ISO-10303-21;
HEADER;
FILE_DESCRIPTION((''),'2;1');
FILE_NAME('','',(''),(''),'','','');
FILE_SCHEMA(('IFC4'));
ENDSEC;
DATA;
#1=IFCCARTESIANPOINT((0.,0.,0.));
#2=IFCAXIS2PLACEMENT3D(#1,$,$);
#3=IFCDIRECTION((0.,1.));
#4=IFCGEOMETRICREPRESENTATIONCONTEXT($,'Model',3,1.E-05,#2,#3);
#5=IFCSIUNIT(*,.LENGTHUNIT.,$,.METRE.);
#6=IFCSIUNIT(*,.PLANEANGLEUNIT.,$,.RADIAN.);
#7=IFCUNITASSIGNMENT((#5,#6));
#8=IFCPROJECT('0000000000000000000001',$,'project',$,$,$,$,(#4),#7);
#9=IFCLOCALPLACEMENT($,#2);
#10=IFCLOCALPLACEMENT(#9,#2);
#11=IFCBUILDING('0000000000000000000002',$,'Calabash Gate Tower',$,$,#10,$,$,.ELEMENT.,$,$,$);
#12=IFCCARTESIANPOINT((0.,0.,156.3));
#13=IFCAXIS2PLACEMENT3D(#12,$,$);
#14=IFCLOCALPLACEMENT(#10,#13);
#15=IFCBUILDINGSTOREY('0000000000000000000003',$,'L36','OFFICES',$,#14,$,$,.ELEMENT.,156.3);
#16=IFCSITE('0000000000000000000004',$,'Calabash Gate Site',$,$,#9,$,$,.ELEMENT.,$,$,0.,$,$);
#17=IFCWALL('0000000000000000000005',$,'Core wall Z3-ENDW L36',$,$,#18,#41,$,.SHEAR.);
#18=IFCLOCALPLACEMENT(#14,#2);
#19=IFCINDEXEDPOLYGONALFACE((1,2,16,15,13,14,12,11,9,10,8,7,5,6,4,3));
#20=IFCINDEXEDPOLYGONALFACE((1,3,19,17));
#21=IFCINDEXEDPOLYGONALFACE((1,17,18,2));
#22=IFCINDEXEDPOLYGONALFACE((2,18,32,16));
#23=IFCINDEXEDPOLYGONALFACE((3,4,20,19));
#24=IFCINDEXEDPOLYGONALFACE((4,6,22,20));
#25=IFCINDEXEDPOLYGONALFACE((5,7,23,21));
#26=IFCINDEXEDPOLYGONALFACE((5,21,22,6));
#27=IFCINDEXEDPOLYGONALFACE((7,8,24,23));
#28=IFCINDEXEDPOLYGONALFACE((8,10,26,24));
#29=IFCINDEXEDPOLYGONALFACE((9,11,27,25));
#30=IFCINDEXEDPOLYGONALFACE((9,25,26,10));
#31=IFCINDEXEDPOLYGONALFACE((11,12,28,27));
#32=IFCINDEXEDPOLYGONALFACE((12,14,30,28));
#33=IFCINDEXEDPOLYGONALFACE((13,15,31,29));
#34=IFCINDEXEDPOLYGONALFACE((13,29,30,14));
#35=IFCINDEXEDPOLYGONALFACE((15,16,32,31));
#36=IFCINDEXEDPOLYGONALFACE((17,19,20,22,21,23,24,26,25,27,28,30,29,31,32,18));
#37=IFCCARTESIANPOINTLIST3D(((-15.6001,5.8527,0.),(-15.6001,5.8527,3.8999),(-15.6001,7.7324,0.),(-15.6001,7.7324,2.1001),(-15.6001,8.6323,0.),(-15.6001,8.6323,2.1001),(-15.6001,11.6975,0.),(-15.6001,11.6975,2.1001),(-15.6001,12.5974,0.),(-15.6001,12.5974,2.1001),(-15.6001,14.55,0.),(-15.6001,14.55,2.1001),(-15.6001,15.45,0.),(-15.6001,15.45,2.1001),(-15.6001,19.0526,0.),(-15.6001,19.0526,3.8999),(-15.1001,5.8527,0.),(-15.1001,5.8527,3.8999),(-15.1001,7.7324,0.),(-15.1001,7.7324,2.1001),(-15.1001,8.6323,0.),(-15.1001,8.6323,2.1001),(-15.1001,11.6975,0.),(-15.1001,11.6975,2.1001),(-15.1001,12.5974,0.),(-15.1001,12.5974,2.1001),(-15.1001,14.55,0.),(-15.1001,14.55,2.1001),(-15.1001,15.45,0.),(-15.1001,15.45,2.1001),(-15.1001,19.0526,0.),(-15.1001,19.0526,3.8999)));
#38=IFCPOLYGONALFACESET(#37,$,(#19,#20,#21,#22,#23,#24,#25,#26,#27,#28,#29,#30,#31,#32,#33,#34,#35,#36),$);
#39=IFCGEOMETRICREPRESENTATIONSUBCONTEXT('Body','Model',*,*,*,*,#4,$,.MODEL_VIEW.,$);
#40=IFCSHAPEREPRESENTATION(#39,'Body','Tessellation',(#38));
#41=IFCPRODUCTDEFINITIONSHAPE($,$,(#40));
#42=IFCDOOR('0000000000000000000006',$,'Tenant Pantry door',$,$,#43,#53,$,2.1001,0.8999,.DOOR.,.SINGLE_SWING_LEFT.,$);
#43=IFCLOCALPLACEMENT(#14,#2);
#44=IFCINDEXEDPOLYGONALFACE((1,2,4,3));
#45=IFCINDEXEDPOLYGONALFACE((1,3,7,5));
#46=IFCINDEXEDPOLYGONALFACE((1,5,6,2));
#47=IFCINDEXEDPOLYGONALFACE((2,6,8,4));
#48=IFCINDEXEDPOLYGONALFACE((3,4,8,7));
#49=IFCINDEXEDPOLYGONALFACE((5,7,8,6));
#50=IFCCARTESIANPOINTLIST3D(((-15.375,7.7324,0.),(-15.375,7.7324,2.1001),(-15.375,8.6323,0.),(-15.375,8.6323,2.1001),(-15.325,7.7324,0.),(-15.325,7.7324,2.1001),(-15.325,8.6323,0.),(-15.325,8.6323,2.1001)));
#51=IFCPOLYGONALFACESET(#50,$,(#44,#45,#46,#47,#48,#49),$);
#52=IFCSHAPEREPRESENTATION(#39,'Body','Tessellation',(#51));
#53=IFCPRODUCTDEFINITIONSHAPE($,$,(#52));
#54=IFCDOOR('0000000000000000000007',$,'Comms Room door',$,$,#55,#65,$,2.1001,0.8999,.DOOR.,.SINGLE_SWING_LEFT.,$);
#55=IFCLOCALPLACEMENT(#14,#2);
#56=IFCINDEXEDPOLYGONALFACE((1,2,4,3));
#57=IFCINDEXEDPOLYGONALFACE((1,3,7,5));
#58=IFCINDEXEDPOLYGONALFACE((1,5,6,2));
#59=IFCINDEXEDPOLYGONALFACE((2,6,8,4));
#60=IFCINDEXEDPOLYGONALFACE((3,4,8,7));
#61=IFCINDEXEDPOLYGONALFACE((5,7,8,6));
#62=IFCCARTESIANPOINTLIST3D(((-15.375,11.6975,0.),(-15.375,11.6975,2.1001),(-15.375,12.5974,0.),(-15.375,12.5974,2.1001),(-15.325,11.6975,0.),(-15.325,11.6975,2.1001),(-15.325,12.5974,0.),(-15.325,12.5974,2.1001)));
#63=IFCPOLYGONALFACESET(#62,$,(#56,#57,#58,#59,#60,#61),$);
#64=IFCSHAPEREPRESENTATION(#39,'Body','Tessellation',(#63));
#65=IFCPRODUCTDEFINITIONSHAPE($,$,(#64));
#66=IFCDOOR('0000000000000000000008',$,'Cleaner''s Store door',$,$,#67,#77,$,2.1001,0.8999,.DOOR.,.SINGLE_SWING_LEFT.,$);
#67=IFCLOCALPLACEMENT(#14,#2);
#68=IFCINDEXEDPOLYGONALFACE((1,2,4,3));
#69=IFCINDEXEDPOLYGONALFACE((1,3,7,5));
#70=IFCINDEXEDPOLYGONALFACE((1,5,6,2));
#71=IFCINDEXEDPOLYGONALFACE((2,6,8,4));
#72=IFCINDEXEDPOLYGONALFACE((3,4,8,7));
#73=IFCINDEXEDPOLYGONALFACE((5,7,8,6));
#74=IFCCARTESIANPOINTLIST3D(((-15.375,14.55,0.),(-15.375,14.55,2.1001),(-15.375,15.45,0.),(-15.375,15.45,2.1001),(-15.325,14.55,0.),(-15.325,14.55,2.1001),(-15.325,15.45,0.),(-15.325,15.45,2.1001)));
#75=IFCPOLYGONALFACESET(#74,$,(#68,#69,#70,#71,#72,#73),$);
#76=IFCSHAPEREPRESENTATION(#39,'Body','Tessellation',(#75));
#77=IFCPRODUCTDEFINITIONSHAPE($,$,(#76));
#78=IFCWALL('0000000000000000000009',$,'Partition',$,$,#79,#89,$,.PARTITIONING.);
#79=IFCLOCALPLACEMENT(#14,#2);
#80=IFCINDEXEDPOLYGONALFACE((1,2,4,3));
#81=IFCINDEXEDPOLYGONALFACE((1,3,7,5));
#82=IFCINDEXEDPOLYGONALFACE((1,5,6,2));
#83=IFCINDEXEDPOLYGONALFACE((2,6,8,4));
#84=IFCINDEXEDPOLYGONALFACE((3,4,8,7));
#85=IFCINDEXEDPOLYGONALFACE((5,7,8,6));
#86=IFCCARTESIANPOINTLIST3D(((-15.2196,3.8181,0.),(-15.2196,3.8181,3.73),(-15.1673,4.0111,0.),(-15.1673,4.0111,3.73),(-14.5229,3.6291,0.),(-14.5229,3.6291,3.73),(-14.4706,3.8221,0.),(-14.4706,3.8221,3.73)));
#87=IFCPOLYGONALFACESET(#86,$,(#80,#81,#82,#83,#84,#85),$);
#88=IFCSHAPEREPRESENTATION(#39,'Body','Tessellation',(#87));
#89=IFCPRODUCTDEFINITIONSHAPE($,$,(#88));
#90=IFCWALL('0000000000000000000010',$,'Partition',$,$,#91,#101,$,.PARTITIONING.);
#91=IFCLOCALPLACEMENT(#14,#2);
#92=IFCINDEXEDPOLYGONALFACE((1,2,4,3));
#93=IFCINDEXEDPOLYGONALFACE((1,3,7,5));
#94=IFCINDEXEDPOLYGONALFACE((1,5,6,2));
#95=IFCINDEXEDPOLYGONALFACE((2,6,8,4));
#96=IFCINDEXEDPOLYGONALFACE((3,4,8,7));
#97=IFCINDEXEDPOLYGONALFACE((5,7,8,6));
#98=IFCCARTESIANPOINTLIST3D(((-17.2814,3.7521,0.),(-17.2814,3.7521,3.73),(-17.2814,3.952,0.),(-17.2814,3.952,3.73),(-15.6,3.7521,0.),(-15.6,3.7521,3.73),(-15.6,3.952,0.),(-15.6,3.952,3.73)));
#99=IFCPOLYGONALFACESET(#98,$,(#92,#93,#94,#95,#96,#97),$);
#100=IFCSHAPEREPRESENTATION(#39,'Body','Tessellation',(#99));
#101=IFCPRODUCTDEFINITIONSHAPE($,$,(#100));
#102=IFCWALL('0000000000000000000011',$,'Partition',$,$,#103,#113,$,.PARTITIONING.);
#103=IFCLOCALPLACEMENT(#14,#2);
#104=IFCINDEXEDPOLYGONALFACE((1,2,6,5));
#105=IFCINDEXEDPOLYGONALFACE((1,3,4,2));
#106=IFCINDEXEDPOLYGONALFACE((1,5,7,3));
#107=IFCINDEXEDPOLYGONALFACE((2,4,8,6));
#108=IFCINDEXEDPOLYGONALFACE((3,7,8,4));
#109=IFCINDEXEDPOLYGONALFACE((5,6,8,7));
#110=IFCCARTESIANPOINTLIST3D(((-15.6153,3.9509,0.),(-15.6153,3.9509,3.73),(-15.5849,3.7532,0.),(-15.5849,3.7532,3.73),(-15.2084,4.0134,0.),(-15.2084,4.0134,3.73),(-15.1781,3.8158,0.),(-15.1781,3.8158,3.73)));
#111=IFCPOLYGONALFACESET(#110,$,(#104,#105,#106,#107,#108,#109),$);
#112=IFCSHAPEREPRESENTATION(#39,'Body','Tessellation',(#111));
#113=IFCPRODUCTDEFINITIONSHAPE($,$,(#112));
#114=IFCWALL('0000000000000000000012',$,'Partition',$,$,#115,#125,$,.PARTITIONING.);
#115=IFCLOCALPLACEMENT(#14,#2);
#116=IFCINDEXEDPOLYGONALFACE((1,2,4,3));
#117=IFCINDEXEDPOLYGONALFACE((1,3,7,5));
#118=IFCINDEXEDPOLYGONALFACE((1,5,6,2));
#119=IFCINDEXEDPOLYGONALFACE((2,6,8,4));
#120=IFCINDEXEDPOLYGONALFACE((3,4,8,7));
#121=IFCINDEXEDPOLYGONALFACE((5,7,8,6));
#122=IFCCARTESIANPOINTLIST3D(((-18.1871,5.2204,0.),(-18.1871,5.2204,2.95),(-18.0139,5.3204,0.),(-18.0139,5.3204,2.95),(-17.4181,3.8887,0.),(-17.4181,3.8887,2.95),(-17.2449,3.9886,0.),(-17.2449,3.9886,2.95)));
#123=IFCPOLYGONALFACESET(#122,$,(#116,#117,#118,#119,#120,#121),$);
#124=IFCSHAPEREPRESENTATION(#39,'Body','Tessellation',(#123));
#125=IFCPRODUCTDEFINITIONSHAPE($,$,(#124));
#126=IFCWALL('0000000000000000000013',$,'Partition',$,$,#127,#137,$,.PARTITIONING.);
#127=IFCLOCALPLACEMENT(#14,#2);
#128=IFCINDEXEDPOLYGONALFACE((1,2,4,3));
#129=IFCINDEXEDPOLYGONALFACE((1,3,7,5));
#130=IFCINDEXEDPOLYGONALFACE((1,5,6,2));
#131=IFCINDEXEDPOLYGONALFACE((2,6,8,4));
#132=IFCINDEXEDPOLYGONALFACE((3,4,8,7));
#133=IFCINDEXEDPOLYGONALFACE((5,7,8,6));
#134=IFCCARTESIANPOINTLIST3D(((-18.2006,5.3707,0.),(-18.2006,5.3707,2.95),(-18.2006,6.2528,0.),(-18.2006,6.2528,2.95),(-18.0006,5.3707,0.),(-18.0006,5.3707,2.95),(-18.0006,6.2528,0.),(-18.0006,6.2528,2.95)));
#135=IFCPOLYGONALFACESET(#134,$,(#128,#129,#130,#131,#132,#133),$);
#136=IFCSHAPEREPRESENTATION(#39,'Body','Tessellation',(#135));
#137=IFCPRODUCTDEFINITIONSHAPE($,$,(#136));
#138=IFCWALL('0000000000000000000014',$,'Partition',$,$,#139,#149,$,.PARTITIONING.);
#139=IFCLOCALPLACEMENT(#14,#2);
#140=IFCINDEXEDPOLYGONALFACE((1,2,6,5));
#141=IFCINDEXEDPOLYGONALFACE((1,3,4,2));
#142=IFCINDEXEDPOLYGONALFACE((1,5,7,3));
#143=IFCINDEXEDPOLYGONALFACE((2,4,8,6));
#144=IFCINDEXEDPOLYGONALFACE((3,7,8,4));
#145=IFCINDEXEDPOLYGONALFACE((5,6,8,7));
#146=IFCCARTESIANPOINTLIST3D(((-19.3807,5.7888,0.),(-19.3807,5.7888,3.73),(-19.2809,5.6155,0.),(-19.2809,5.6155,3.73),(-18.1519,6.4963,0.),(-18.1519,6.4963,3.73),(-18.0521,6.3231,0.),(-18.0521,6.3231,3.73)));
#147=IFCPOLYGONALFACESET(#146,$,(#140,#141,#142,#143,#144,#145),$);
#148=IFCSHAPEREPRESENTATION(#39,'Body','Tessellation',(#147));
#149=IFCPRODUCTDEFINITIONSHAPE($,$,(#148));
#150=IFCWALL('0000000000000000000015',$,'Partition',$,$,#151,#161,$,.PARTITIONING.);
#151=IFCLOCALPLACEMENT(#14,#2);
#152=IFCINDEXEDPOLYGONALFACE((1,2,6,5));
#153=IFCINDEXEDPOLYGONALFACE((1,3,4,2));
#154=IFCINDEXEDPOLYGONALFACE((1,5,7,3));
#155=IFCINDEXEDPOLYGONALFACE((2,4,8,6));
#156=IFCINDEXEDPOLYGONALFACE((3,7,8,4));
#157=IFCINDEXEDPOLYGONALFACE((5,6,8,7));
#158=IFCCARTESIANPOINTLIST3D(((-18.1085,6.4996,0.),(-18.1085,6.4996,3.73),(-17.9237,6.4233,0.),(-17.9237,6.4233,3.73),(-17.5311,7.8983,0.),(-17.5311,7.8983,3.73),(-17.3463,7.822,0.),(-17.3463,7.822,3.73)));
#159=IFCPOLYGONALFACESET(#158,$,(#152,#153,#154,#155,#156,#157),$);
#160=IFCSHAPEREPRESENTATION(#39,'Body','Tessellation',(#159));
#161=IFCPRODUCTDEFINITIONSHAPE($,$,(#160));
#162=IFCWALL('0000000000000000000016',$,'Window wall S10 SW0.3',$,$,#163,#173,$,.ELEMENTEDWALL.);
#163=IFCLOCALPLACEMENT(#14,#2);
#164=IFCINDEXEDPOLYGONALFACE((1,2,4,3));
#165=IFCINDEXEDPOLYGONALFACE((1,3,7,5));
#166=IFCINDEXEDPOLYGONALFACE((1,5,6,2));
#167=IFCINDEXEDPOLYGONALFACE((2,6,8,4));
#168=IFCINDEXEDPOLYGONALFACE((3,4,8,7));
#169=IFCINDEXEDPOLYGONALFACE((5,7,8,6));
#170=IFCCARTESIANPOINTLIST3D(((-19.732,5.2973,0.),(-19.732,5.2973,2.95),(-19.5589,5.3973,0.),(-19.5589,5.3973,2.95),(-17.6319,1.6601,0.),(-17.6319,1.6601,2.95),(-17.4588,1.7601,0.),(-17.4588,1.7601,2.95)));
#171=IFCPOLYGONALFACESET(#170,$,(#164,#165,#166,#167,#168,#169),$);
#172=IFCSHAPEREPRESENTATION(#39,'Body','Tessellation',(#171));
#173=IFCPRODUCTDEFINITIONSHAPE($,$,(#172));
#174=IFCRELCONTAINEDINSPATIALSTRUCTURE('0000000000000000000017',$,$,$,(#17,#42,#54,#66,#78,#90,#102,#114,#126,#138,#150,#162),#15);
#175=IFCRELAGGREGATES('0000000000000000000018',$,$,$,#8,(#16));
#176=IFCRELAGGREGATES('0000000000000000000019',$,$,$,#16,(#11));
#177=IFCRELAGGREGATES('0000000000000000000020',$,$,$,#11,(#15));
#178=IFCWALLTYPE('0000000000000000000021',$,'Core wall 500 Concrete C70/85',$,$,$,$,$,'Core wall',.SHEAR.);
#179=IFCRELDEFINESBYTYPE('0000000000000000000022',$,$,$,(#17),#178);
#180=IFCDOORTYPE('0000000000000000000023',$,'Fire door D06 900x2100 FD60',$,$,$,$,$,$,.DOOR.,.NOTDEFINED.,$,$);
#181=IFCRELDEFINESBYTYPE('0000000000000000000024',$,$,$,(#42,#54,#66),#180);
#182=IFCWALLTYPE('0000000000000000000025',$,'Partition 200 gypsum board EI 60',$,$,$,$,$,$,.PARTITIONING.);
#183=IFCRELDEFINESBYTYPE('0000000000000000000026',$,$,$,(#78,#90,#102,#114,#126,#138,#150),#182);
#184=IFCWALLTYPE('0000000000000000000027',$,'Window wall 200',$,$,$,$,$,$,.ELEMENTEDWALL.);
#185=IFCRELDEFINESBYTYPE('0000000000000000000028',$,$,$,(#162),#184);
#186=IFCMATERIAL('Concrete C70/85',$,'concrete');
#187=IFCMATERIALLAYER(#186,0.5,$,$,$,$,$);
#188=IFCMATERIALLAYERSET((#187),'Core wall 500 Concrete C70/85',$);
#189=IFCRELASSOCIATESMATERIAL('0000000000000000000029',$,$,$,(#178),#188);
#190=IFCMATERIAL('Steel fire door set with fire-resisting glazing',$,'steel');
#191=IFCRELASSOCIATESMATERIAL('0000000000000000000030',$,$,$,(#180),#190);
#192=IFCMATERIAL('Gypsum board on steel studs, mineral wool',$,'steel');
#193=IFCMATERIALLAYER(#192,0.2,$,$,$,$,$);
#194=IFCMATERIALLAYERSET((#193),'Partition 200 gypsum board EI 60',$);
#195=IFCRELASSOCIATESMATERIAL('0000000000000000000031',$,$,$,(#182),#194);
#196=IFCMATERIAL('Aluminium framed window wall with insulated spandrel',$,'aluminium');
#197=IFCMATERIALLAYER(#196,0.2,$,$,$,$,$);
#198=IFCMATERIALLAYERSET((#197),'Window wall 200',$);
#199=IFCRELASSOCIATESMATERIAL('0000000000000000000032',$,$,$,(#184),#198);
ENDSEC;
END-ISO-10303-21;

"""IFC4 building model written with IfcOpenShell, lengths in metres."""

from ifc_helpers import new_model, si_unit, direction, frame, frame_2d, origin, place, context, subcontext, project, spatial, rectangle, extrude, material, layer, layer_set, type_object, element, fill, save


model = new_model("IFC4")

# Units and contexts
model_context = context("Model", 3, precision=1e-05, world=origin(), true_north=direction((0.0, 1.0)))
body_context = subcontext(model_context, "Body", "Model", "MODEL_VIEW")
ifc_project = project(units=[si_unit("LENGTHUNIT", "METRE"), si_unit("PLANEANGLEUNIT", "RADIAN")], contexts=[model_context])

# Site, building, storey
site_placement = place(None, origin())
site = spatial("IfcSite", under=ifc_project, at=site_placement, Name="Calabash Gate Site", CompositionType="ELEMENT", RefElevation=0.0)
building_placement = place(site_placement, origin())
building = spatial("IfcBuilding", under=site, at=building_placement, Name="Calabash Gate Tower", CompositionType="ELEMENT")
storey_placement = place(building_placement, frame((0.0, 0.0, 156.3)))
storey = spatial("IfcBuildingStorey", under=building, at=storey_placement, Name="L36", Description="OFFICES", CompositionType="ELEMENT", Elevation=156.3)

# Wall, openings, doors
ifc_material_1 = material(Name="Concrete C70/85", Category="concrete")
ifc_layer_1 = layer(ifc_material_1, 0.5)
ifc_layer_set_1 = layer_set([ifc_layer_1], Name="Core wall 500 Concrete C70/85")
wall_type_1 = type_object("IfcWallType", Name="Core wall 500 Concrete C70/85", ElementType="Core wall", PredefinedType="SHEAR", material=ifc_layer_set_1)
wall_1_placement = place(storey_placement, frame((-15.3501, 5.8525, 0.0), z_axis=(0.0, 0.0, 1.0), x_axis=(0.0, 1.0, 0.0)))
wall_1 = element("IfcWall", 1, at=wall_1_placement, inside=storey, type_object=wall_type_1, Name="Core wall Z3-ENDW L36", PredefinedType="SHEAR", context=body_context, shape_type="SweptSolid", body=[
    extrude(rectangle(XDim=13.2, YDim=0.5, at=frame_2d((6.6001, 0.0))), origin(), (0.0, 0.0, 1.0), 3.8999),
])
opening_1_placement = place(wall_1_placement, frame((1.8799, 0.0, 0.0)))
opening_1 = element("IfcOpeningElement", 2, at=opening_1_placement, cuts=wall_1, PredefinedType="OPENING", context=body_context, shape_type="SweptSolid", body=[
    extrude(rectangle(XDim=0.8999, YDim=2.1001, at=frame_2d((0.45, 1.05))), frame((0.0, 0.26, 0.0), z_axis=(0.0, -1.0, 0.0), x_axis=(1.0, 0.0, 0.0)), (0.0, 0.0, 1.0), 0.52),
])
opening_2_placement = place(wall_1_placement, frame((5.845, 0.0, 0.0)))
opening_2 = element("IfcOpeningElement", 3, at=opening_2_placement, cuts=wall_1, PredefinedType="OPENING", context=body_context, shape_type="SweptSolid", body=[
    extrude(rectangle(XDim=0.8999, YDim=2.1001, at=frame_2d((0.45, 1.05))), frame((0.0, 0.26, 0.0), z_axis=(0.0, -1.0, 0.0), x_axis=(1.0, 0.0, 0.0)), (0.0, 0.0, 1.0), 0.52),
])
opening_3_placement = place(wall_1_placement, frame((8.6975, 0.0, 0.0)))
opening_3 = element("IfcOpeningElement", 4, at=opening_3_placement, cuts=wall_1, PredefinedType="OPENING", context=body_context, shape_type="SweptSolid", body=[
    extrude(rectangle(XDim=0.8999, YDim=2.1001, at=frame_2d((0.45, 1.05))), frame((0.0, 0.26, 0.0), z_axis=(0.0, -1.0, 0.0), x_axis=(1.0, 0.0, 0.0)), (0.0, 0.0, 1.0), 0.52),
])
ifc_material_2 = material(Name="Steel fire door set with fire-resisting glazing", Category="steel")
door_type_1 = type_object("IfcDoorType", Name="Fire door D06 900x2100 FD60", OperationType="NOTDEFINED", PredefinedType="DOOR", material=ifc_material_2)
door_1_placement = place(opening_1_placement, origin())
door_1 = element("IfcDoor", 5, at=door_1_placement, inside=storey, type_object=door_type_1, Name="Tenant Pantry door", OperationType="SINGLE_SWING_LEFT", OverallHeight=2.1001, OverallWidth=0.8999, PredefinedType="DOOR", context=body_context, shape_type="SweptSolid", body=[
    extrude(rectangle(XDim=0.8999, YDim=2.1001, at=frame_2d((0.45, 1.05))), frame((0.0, 0.0249, 0.0), z_axis=(0.0, -1.0, 0.0), x_axis=(1.0, 0.0, 0.0)), (0.0, 0.0, 1.0), 0.05),
])
fill(opening_1, door_1)
door_2_placement = place(opening_2_placement, origin())
door_2 = element("IfcDoor", 6, at=door_2_placement, inside=storey, type_object=door_type_1, Name="Comms Room door", OperationType="SINGLE_SWING_LEFT", OverallHeight=2.1001, OverallWidth=0.8999, PredefinedType="DOOR", context=body_context, shape_type="SweptSolid", body=[
    extrude(rectangle(XDim=0.8999, YDim=2.1001, at=frame_2d((0.45, 1.05))), frame((0.0, 0.0249, 0.0), z_axis=(0.0, -1.0, 0.0), x_axis=(1.0, 0.0, 0.0)), (0.0, 0.0, 1.0), 0.05),
])
fill(opening_2, door_2)
door_3_placement = place(opening_3_placement, origin())
door_3 = element("IfcDoor", 7, at=door_3_placement, inside=storey, type_object=door_type_1, Name="Cleaner's Store door", OperationType="SINGLE_SWING_LEFT", OverallHeight=2.1001, OverallWidth=0.8999, PredefinedType="DOOR", context=body_context, shape_type="SweptSolid", body=[
    extrude(rectangle(XDim=0.8999, YDim=2.1001, at=frame_2d((0.45, 1.05))), frame((0.0, 0.0249, 0.0), z_axis=(0.0, -1.0, 0.0), x_axis=(1.0, 0.0, 0.0)), (0.0, 0.0, 1.0), 0.05),
])
fill(opening_3, door_3)

# Walls
ifc_material_3 = material(Name="Gypsum board on steel studs, mineral wool", Category="steel")
ifc_layer_2 = layer(ifc_material_3, 0.2)
ifc_layer_set_2 = layer_set([ifc_layer_2], Name="Partition 200 gypsum board EI 60")
wall_type_2 = type_object("IfcWallType", Name="Partition 200 gypsum board EI 60", PredefinedType="PARTITIONING", material=ifc_layer_set_2)
wall_2_placement = place(storey_placement, frame((-15.1934, 3.9146, 0.0), z_axis=(0.0, 0.0, 1.0), x_axis=(0.965137, -0.261744, 0.0)))
element("IfcWall", 8, at=wall_2_placement, inside=storey, type_object=wall_type_2, Name="Partition", PredefinedType="PARTITIONING", context=body_context, shape_type="SweptSolid", body=[
    extrude(rectangle(XDim=0.7219, YDim=0.2, at=frame_2d((0.3608, 0.0))), origin(), (0.0, 0.0, 1.0), 3.73),
])
wall_3_placement = place(storey_placement, frame((-17.2815, 3.8521, 0.0), z_axis=(0.0, 0.0, 1.0), x_axis=(1.0, 0.0, 0.0)))
element("IfcWall", 9, at=wall_3_placement, inside=storey, type_object=wall_type_2, Name="Partition", PredefinedType="PARTITIONING", context=body_context, shape_type="SweptSolid", body=[
    extrude(rectangle(XDim=1.6814, YDim=0.2, at=frame_2d((0.8408, 0.0))), origin(), (0.0, 0.0, 1.0), 3.73),
])
wall_4_placement = place(storey_placement, frame((-15.6001, 3.8521, 0.0), z_axis=(0.0, 0.0, 1.0), x_axis=(0.988399, 0.151879, 0.0)))
element("IfcWall", 10, at=wall_4_placement, inside=storey, type_object=wall_type_2, Name="Partition", PredefinedType="PARTITIONING", context=body_context, shape_type="SweptSolid", body=[
    extrude(rectangle(XDim=0.4116, YDim=0.2, at=frame_2d((0.2058, 0.0))), origin(), (0.0, 0.0, 1.0), 3.73),
])
wall_5_placement = place(storey_placement, frame((-18.1006, 5.2705, 0.0), z_axis=(0.0, 0.0, 1.0), x_axis=(0.500066, -0.865987, 0.0)))
element("IfcWall", 11, at=wall_5_placement, inside=storey, type_object=wall_type_2, Name="Partition", PredefinedType="PARTITIONING", context=body_context, shape_type="SweptSolid", body=[
    extrude(rectangle(XDim=1.5378, YDim=0.2, at=frame_2d((0.769, 0.0))), origin(), (0.0, 0.0, 1.0), 2.95),
])
wall_6_placement = place(storey_placement, frame((-18.1006, 6.2527, 0.0), z_axis=(0.0, 0.0, 1.0), x_axis=(0.0, -1.0, 0.0)))
element("IfcWall", 12, at=wall_6_placement, inside=storey, type_object=wall_type_2, Name="Partition", PredefinedType="PARTITIONING", context=body_context, shape_type="SweptSolid", body=[
    extrude(rectangle(XDim=0.8821, YDim=0.2, at=frame_2d((0.4409, 0.0))), origin(), (0.0, 0.0, 1.0), 2.95),
])
wall_7_placement = place(storey_placement, frame((-19.3308, 5.7021, 0.0), z_axis=(0.0, 0.0, 1.0), x_axis=(0.866607, 0.498992, 0.0)))
element("IfcWall", 13, at=wall_7_placement, inside=storey, type_object=wall_type_2, Name="Partition", PredefinedType="PARTITIONING", context=body_context, shape_type="SweptSolid", body=[
    extrude(rectangle(XDim=1.418, YDim=0.2, at=frame_2d((0.709, 0.0))), origin(), (0.0, 0.0, 1.0), 3.73),
])
wall_8_placement = place(storey_placement, frame((-18.0161, 6.4614, 0.0), z_axis=(0.0, 0.0, 1.0), x_axis=(0.381577, 0.924337, 0.0)))
element("IfcWall", 14, at=wall_8_placement, inside=storey, type_object=wall_type_2, Name="Partition", PredefinedType="PARTITIONING", context=body_context, shape_type="SweptSolid", body=[
    extrude(rectangle(XDim=1.5132, YDim=0.2, at=frame_2d((0.7566, 0.0))), origin(), (0.0, 0.0, 1.0), 3.73),
])

# Wall
ifc_material_4 = material(Name="Aluminium framed window wall with insulated spandrel", Category="aluminium")
ifc_layer_3 = layer(ifc_material_4, 0.2)
ifc_layer_set_3 = layer_set([ifc_layer_3], Name="Window wall 200")
wall_type_3 = type_object("IfcWallType", Name="Window wall 200", PredefinedType="ELEMENTEDWALL", material=ifc_layer_set_3)
wall_9_placement = place(storey_placement, frame((-19.6455, 5.3474, 0.0), z_axis=(0.0, 0.0, 1.0), x_axis=(0.500028, -0.866009, 0.0)))
element("IfcWall", 15, at=wall_9_placement, inside=storey, type_object=wall_type_3, Name="Window wall S10 SW0.3", PredefinedType="ELEMENTEDWALL", context=body_context, shape_type="SweptSolid", body=[
    extrude(rectangle(XDim=4.2, YDim=0.2, at=frame_2d((2.1001, 0.0))), origin(), (0.0, 0.0, 1.0), 2.95),
])

save(model, "model.ifc")
